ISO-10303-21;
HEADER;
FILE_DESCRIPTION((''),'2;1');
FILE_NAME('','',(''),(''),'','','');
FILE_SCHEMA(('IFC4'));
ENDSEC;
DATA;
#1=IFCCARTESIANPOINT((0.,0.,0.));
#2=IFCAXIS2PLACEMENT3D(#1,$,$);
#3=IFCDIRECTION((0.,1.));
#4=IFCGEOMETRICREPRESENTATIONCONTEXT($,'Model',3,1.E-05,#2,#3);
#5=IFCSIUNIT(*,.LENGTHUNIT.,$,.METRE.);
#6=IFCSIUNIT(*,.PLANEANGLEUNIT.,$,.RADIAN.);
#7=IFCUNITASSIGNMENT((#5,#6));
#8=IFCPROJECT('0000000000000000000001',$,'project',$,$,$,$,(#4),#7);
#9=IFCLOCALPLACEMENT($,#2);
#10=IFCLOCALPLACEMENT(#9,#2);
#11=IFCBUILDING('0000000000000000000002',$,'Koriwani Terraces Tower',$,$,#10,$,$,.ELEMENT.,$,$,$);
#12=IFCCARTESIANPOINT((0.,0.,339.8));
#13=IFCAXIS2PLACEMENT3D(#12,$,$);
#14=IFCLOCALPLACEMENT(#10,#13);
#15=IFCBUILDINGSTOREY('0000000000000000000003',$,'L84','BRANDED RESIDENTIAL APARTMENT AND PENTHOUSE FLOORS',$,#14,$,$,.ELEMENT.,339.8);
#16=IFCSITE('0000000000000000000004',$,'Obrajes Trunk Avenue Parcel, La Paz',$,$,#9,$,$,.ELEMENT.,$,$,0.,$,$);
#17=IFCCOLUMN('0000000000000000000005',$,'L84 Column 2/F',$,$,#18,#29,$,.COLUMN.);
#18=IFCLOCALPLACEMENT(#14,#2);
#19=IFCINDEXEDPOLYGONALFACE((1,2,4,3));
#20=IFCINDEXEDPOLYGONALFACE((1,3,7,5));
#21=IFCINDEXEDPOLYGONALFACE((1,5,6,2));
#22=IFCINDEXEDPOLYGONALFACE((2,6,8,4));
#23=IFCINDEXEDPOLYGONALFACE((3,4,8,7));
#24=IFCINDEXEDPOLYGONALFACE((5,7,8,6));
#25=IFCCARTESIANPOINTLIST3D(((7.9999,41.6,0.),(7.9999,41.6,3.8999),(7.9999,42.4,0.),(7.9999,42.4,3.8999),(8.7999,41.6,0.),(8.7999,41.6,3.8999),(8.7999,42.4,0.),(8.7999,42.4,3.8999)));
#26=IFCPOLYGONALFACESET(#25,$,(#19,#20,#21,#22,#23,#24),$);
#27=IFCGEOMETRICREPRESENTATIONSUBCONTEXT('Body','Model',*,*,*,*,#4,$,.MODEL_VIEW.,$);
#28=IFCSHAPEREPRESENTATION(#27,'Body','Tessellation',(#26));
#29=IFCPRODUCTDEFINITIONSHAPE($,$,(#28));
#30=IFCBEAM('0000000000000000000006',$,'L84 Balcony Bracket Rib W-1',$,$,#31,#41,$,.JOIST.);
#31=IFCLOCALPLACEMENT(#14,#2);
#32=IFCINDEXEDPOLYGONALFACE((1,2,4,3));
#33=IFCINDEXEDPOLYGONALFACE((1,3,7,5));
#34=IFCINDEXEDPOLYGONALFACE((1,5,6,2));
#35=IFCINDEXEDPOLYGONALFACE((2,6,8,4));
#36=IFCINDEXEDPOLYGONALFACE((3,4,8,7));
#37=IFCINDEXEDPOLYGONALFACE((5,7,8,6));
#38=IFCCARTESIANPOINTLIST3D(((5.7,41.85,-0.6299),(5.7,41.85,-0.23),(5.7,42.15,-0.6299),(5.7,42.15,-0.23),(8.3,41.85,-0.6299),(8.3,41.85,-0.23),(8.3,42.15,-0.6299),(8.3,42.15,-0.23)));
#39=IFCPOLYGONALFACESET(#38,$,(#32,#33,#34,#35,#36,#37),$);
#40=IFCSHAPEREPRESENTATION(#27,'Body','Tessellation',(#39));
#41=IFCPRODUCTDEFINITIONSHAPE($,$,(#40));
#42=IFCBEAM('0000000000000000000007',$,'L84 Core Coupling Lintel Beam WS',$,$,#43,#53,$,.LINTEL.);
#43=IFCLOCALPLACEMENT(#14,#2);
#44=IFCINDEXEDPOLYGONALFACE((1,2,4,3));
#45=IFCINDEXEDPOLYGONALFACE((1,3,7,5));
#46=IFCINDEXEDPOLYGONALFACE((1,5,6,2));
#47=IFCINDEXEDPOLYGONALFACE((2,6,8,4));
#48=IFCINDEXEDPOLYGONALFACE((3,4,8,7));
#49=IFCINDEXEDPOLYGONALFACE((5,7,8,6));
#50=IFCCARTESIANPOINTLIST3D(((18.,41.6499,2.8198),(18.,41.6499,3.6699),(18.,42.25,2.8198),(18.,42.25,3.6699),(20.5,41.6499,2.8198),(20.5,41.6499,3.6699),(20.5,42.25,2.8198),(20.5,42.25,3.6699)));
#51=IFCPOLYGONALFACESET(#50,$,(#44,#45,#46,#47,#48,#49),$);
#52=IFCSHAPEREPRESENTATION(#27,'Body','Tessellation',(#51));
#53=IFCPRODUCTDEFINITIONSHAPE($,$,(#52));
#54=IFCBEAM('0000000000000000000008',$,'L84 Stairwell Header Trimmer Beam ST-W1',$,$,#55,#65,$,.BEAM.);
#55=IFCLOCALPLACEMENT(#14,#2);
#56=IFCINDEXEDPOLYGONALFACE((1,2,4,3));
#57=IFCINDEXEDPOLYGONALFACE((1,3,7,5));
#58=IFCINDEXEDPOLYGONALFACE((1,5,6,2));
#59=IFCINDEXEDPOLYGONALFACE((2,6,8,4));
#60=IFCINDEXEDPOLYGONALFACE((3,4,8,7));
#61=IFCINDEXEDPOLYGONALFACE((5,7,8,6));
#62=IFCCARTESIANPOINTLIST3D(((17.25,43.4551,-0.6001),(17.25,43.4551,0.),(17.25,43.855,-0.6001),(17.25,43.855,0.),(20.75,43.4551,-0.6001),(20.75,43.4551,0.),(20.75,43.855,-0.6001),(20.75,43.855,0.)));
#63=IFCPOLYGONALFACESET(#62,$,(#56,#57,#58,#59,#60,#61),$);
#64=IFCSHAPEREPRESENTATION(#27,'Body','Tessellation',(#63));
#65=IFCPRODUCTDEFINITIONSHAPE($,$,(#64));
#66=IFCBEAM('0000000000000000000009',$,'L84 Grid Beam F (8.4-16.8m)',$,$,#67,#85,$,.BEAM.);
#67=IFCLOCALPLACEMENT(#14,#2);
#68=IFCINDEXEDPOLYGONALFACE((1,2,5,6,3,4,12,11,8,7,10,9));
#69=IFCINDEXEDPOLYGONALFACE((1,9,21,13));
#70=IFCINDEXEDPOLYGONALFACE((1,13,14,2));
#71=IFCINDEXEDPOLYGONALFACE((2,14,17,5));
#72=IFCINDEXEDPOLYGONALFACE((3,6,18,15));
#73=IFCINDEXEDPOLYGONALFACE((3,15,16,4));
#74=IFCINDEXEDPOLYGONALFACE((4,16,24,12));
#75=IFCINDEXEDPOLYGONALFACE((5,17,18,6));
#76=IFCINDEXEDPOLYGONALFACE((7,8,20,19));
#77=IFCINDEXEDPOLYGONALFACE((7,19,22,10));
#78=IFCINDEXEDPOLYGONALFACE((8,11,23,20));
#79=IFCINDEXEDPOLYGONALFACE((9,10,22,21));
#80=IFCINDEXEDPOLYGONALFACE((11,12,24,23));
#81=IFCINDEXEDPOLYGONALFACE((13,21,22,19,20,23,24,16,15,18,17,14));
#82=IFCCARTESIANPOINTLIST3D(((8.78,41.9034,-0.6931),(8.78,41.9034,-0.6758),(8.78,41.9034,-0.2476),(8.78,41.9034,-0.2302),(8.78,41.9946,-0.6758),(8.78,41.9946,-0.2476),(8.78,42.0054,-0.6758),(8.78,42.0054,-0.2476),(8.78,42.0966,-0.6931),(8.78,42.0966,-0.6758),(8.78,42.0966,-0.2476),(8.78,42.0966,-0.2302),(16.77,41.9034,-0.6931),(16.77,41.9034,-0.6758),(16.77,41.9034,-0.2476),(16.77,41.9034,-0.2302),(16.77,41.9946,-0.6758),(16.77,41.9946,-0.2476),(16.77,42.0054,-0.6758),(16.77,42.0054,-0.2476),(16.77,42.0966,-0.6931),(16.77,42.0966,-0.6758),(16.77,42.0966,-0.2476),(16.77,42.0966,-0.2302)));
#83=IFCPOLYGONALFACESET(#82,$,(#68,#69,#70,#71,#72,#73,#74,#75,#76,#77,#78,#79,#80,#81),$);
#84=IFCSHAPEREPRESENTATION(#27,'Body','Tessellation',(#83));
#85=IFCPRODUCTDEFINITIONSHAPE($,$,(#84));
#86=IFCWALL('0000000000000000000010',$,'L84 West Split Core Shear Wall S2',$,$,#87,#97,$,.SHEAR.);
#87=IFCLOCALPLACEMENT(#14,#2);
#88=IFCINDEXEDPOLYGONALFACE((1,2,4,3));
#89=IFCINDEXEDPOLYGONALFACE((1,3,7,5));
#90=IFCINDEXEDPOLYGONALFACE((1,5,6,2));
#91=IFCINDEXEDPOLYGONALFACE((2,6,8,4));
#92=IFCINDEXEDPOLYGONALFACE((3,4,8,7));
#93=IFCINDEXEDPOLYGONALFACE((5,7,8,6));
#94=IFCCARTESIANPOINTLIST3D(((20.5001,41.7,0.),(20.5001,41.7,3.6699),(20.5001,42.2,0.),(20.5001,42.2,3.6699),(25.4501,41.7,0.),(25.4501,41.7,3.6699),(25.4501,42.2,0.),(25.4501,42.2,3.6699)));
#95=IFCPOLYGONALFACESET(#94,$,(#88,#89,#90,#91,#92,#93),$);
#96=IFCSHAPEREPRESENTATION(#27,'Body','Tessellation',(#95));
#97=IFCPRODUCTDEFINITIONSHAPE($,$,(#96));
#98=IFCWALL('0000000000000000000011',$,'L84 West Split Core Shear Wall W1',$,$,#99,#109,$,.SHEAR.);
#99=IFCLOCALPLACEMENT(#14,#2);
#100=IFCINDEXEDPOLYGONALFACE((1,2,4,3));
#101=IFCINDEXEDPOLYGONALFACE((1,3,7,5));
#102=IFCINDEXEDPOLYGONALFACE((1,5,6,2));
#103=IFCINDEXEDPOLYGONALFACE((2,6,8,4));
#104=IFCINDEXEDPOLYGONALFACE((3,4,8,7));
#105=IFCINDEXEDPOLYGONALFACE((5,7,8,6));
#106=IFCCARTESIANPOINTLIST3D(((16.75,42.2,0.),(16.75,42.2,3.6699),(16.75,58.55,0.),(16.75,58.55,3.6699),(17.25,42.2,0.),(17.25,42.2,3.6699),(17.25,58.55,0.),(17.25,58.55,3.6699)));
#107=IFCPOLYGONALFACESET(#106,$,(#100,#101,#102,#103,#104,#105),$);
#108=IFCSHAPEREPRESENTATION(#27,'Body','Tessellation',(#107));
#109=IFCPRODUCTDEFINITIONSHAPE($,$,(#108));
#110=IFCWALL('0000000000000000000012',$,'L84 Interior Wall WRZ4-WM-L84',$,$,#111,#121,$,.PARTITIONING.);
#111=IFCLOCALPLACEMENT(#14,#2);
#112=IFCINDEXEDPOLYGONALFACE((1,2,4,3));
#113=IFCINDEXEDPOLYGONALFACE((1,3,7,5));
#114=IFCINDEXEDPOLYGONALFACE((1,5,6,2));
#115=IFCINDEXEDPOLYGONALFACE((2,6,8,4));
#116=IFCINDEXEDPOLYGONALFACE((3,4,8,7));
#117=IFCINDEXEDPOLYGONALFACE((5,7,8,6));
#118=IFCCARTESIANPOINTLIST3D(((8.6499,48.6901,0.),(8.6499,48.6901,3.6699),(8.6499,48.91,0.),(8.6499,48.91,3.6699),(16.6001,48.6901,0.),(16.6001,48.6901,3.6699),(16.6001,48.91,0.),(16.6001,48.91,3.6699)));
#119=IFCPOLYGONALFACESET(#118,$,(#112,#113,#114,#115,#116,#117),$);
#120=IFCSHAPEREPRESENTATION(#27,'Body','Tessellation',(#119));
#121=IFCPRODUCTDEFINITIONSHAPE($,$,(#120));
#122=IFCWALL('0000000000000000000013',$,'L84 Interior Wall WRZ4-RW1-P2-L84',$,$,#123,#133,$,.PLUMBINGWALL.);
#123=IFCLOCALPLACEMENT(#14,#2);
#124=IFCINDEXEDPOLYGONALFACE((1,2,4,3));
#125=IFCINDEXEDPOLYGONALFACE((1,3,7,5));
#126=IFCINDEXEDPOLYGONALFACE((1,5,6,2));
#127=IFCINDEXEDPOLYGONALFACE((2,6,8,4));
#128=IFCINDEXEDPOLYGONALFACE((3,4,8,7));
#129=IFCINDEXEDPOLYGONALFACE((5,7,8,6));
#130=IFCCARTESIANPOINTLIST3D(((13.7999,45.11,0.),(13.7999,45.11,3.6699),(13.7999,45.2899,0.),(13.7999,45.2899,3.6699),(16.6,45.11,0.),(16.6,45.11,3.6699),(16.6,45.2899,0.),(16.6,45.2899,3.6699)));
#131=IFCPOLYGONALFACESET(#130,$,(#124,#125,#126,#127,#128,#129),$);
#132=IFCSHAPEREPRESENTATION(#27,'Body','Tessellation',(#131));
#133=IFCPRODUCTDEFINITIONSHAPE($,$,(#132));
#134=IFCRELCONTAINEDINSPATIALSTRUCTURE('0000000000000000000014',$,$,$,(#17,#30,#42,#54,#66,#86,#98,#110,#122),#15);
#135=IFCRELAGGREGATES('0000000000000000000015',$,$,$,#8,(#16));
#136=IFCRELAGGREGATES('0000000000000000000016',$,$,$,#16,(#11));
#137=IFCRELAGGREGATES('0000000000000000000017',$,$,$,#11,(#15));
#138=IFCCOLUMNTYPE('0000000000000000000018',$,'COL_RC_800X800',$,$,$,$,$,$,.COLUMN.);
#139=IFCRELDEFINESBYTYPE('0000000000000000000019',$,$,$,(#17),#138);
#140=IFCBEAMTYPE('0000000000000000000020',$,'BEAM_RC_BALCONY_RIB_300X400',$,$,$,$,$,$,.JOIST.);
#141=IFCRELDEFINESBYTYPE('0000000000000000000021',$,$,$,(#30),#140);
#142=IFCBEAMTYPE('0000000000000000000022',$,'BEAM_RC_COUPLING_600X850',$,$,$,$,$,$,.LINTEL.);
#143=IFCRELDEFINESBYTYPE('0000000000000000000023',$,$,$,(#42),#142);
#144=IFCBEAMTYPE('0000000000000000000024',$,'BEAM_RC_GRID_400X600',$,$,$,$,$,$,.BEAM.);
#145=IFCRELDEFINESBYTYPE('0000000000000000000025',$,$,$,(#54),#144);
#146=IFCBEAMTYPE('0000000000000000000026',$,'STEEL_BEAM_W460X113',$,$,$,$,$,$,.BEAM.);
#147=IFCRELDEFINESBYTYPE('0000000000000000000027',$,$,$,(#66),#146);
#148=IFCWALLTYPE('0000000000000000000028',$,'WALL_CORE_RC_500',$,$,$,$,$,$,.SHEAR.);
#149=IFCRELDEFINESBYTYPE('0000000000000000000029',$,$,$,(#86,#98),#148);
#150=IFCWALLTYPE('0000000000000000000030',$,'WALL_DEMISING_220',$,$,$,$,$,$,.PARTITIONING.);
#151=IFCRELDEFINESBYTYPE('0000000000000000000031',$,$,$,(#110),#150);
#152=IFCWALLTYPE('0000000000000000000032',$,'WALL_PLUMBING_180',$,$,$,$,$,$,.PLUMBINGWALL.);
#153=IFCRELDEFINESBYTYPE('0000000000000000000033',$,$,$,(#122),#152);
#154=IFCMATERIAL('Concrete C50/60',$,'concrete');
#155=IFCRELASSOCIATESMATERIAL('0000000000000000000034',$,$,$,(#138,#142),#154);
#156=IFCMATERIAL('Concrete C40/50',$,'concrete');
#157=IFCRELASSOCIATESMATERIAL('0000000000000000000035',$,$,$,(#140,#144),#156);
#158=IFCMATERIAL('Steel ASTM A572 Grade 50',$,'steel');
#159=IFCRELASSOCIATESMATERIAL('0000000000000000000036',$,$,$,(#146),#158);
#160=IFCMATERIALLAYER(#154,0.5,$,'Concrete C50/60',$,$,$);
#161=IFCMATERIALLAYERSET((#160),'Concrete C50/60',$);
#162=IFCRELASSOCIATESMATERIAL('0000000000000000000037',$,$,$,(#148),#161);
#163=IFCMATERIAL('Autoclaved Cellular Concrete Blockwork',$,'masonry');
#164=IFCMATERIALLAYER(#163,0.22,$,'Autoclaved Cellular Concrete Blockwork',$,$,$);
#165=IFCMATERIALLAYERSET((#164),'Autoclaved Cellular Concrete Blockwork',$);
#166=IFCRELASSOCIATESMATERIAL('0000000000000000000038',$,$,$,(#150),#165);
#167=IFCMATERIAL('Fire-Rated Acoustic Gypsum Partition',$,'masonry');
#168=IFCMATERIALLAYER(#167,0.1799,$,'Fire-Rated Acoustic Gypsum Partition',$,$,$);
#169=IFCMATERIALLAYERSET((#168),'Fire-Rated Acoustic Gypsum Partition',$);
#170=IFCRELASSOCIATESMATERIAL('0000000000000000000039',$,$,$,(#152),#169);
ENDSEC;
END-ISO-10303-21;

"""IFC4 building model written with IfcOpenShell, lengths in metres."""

from ifc_helpers import new_model, si_unit, direction, frame, frame_2d, origin, origin_2d, place, context, subcontext, project, spatial, rectangle, i_section, extrude, material, layer, layer_set, material_profile, profile_set, type_object, element, save


model = new_model("IFC4")

# Units and contexts
model_context = context("Model", 3, precision=1e-05, world=origin(), true_north=direction((0.0, 1.0)))
body_context = subcontext(model_context, "Body", "Model", "MODEL_VIEW")
ifc_project = project(units=[si_unit("LENGTHUNIT", "METRE"), si_unit("PLANEANGLEUNIT", "RADIAN")], contexts=[model_context])

# Site, building, storey
site_placement = place(None, origin())
site = spatial("IfcSite", under=ifc_project, at=site_placement, Name="Obrajes Trunk Avenue Parcel, La Paz", CompositionType="ELEMENT", RefElevation=0.0)
building_placement = place(site_placement, origin())
building = spatial("IfcBuilding", under=site, at=building_placement, Name="Koriwani Terraces Tower", CompositionType="ELEMENT")
storey_placement = place(building_placement, frame((0.0, 0.0, 339.8)))
storey = spatial("IfcBuildingStorey", under=building, at=storey_placement, Name="L84", Description="BRANDED RESIDENTIAL APARTMENT AND PENTHOUSE FLOORS", CompositionType="ELEMENT", Elevation=339.8)

# Column
ifc_material_1 = material(Name="Concrete C50/60", Category="concrete")
ifc_material_profile_1 = material_profile(ifc_material_1, rectangle(XDim=0.8, YDim=0.8, at=origin_2d()), Name="Concrete C50/60", Category="LoadBearing")
ifc_profile_set_1 = profile_set([ifc_material_profile_1], Name="Concrete C50/60")
column_type = type_object("IfcColumnType", Name="COL_RC_800X800", PredefinedType="COLUMN", material=ifc_profile_set_1)
column_placement = place(storey_placement, frame((8.3999, 42.0, 0.0), z_axis=(0.0, 0.0, 1.0), x_axis=(1.0, 0.0, 0.0)))
element("IfcColumn", 1, at=column_placement, inside=storey, type_object=column_type, Name="L84 Column 2/F", PredefinedType="COLUMN", context=body_context, shape_type="SweptSolid", body=[
    extrude(rectangle(XDim=0.8, YDim=0.8, at=origin_2d()), origin(), (0.0, 0.0, 1.0), 3.8999),
])

# Beams
ifc_material_2 = material(Name="Concrete C40/50", Category="concrete")
ifc_material_profile_2 = material_profile(ifc_material_2, rectangle(XDim=0.3, YDim=0.3999, at=origin_2d()), Name="Concrete C40/50", Category="LoadBearing")
ifc_profile_set_2 = profile_set([ifc_material_profile_2], Name="Concrete C40/50")
beam_type_1 = type_object("IfcBeamType", Name="BEAM_RC_BALCONY_RIB_300X400", PredefinedType="JOIST", material=ifc_profile_set_2)
beam_1_placement = place(storey_placement, frame((5.7, 42.0, -0.4299), z_axis=(1.0, 0.0, 0.0), x_axis=(0.0, 1.0, 0.0)))
element("IfcBeam", 2, at=beam_1_placement, inside=storey, type_object=beam_type_1, Name="L84 Balcony Bracket Rib W-1", PredefinedType="JOIST", context=body_context, shape_type="SweptSolid", body=[
    extrude(rectangle(XDim=0.3, YDim=0.3999, at=origin_2d()), origin(), (0.0, 0.0, 1.0), 2.6001),
])
ifc_material_profile_3 = material_profile(ifc_material_1, rectangle(XDim=0.6001, YDim=0.8501, at=origin_2d()), Name="Concrete C50/60", Category="LoadBearing")
ifc_profile_set_3 = profile_set([ifc_material_profile_3], Name="Concrete C50/60")
beam_type_2 = type_object("IfcBeamType", Name="BEAM_RC_COUPLING_600X850", PredefinedType="LINTEL", material=ifc_profile_set_3)
beam_2_placement = place(storey_placement, frame((18.0, 41.95, 3.2449), z_axis=(1.0, 0.0, 0.0), x_axis=(0.0, 1.0, 0.0)))
element("IfcBeam", 3, at=beam_2_placement, inside=storey, type_object=beam_type_2, Name="L84 Core Coupling Lintel Beam WS", PredefinedType="LINTEL", context=body_context, shape_type="SweptSolid", body=[
    extrude(rectangle(XDim=0.6001, YDim=0.8501, at=origin_2d()), origin(), (0.0, 0.0, 1.0), 2.5),
])
ifc_material_profile_4 = material_profile(ifc_material_2, rectangle(XDim=0.3999, YDim=0.6001, at=origin_2d()), Name="Concrete C40/50", Category="LoadBearing")
ifc_profile_set_4 = profile_set([ifc_material_profile_4], Name="Concrete C40/50")
beam_type_3 = type_object("IfcBeamType", Name="BEAM_RC_GRID_400X600", PredefinedType="BEAM", material=ifc_profile_set_4)
beam_3_placement = place(storey_placement, frame((17.25, 43.655, -0.3), z_axis=(1.0, 0.0, 0.0), x_axis=(0.0, 1.0, 0.0)))
element("IfcBeam", 4, at=beam_3_placement, inside=storey, type_object=beam_type_3, Name="L84 Stairwell Header Trimmer Beam ST-W1", PredefinedType="BEAM", context=body_context, shape_type="SweptSolid", body=[
    extrude(rectangle(XDim=0.3999, YDim=0.6001, at=origin_2d()), origin(), (0.0, 0.0, 1.0), 3.5),
])
ifc_material_3 = material(Name="Steel ASTM A572 Grade 50", Category="steel")
ifc_material_profile_5 = material_profile(ifc_material_3, i_section(OverallWidth=0.1931, OverallDepth=0.4629, WebThickness=0.0107, FlangeThickness=0.0173, at=origin_2d()), Name="Steel ASTM A572 Grade 50", Category="LoadBearing")
ifc_profile_set_5 = profile_set([ifc_material_profile_5], Name="Steel ASTM A572 Grade 50")
beam_type_4 = type_object("IfcBeamType", Name="STEEL_BEAM_W460X113", PredefinedType="BEAM", material=ifc_profile_set_5)
beam_4_placement = place(storey_placement, frame((8.78, 42.0, -0.4617), z_axis=(1.0, 0.0, 0.0), x_axis=(0.0, 1.0, 0.0)))
element("IfcBeam", 5, at=beam_4_placement, inside=storey, type_object=beam_type_4, Name="L84 Grid Beam F (8.4-16.8m)", PredefinedType="BEAM", context=body_context, shape_type="SweptSolid", body=[
    extrude(i_section(OverallWidth=0.1931, OverallDepth=0.4629, WebThickness=0.0107, FlangeThickness=0.0173, at=origin_2d()), origin(), (0.0, 0.0, 1.0), 7.99),
])

# Walls
ifc_layer_1 = layer(ifc_material_1, 0.5, Name="Concrete C50/60")
ifc_layer_set_1 = layer_set([ifc_layer_1], Name="Concrete C50/60")
wall_type_1 = type_object("IfcWallType", Name="WALL_CORE_RC_500", PredefinedType="SHEAR", material=ifc_layer_set_1)
wall_1_placement = place(storey_placement, frame((20.5, 41.95, 0.0), z_axis=(0.0, 0.0, 1.0), x_axis=(1.0, 0.0, 0.0)))
element("IfcWall", 6, at=wall_1_placement, inside=storey, type_object=wall_type_1, Name="L84 West Split Core Shear Wall S2", PredefinedType="SHEAR", context=body_context, shape_type="SweptSolid", body=[
    extrude(rectangle(XDim=4.95, YDim=0.5, at=frame_2d((2.4751, 0.0))), origin(), (0.0, 0.0, 1.0), 3.6699),
])
wall_2_placement = place(storey_placement, frame((17.0, 42.2, 0.0), z_axis=(0.0, 0.0, 1.0), x_axis=(0.0, 1.0, 0.0)))
element("IfcWall", 7, at=wall_2_placement, inside=storey, type_object=wall_type_1, Name="L84 West Split Core Shear Wall W1", PredefinedType="SHEAR", context=body_context, shape_type="SweptSolid", body=[
    extrude(rectangle(XDim=16.3501, YDim=0.5, at=frame_2d((8.175, 0.0))), origin(), (0.0, 0.0, 1.0), 3.6699),
])
ifc_material_4 = material(Name="Autoclaved Cellular Concrete Blockwork", Category="masonry")
ifc_layer_2 = layer(ifc_material_4, 0.22, Name="Autoclaved Cellular Concrete Blockwork")
ifc_layer_set_2 = layer_set([ifc_layer_2], Name="Autoclaved Cellular Concrete Blockwork")
wall_type_2 = type_object("IfcWallType", Name="WALL_DEMISING_220", PredefinedType="PARTITIONING", material=ifc_layer_set_2)
wall_3_placement = place(storey_placement, frame((8.6499, 48.8, 0.0), z_axis=(0.0, 0.0, 1.0), x_axis=(1.0, 0.0, 0.0)))
element("IfcWall", 8, at=wall_3_placement, inside=storey, type_object=wall_type_2, Name="L84 Interior Wall WRZ4-WM-L84", PredefinedType="PARTITIONING", context=body_context, shape_type="SweptSolid", body=[
    extrude(rectangle(XDim=7.9502, YDim=0.22, at=frame_2d((3.9751, 0.0))), origin(), (0.0, 0.0, 1.0), 3.6699),
])
ifc_material_5 = material(Name="Fire-Rated Acoustic Gypsum Partition", Category="masonry")
ifc_layer_3 = layer(ifc_material_5, 0.1799, Name="Fire-Rated Acoustic Gypsum Partition")
ifc_layer_set_3 = layer_set([ifc_layer_3], Name="Fire-Rated Acoustic Gypsum Partition")
wall_type_3 = type_object("IfcWallType", Name="WALL_PLUMBING_180", PredefinedType="PLUMBINGWALL", material=ifc_layer_set_3)
wall_4_placement = place(storey_placement, frame((13.8, 45.2, 0.0), z_axis=(0.0, 0.0, 1.0), x_axis=(1.0, 0.0, 0.0)))
element("IfcWall", 9, at=wall_4_placement, inside=storey, type_object=wall_type_3, Name="L84 Interior Wall WRZ4-RW1-P2-L84", PredefinedType="PLUMBINGWALL", context=body_context, shape_type="SweptSolid", body=[
    extrude(rectangle(XDim=2.8, YDim=0.1799, at=frame_2d((1.3999, 0.0))), origin(), (0.0, 0.0, 1.0), 3.6699),
])

save(model, "model.ifc")
